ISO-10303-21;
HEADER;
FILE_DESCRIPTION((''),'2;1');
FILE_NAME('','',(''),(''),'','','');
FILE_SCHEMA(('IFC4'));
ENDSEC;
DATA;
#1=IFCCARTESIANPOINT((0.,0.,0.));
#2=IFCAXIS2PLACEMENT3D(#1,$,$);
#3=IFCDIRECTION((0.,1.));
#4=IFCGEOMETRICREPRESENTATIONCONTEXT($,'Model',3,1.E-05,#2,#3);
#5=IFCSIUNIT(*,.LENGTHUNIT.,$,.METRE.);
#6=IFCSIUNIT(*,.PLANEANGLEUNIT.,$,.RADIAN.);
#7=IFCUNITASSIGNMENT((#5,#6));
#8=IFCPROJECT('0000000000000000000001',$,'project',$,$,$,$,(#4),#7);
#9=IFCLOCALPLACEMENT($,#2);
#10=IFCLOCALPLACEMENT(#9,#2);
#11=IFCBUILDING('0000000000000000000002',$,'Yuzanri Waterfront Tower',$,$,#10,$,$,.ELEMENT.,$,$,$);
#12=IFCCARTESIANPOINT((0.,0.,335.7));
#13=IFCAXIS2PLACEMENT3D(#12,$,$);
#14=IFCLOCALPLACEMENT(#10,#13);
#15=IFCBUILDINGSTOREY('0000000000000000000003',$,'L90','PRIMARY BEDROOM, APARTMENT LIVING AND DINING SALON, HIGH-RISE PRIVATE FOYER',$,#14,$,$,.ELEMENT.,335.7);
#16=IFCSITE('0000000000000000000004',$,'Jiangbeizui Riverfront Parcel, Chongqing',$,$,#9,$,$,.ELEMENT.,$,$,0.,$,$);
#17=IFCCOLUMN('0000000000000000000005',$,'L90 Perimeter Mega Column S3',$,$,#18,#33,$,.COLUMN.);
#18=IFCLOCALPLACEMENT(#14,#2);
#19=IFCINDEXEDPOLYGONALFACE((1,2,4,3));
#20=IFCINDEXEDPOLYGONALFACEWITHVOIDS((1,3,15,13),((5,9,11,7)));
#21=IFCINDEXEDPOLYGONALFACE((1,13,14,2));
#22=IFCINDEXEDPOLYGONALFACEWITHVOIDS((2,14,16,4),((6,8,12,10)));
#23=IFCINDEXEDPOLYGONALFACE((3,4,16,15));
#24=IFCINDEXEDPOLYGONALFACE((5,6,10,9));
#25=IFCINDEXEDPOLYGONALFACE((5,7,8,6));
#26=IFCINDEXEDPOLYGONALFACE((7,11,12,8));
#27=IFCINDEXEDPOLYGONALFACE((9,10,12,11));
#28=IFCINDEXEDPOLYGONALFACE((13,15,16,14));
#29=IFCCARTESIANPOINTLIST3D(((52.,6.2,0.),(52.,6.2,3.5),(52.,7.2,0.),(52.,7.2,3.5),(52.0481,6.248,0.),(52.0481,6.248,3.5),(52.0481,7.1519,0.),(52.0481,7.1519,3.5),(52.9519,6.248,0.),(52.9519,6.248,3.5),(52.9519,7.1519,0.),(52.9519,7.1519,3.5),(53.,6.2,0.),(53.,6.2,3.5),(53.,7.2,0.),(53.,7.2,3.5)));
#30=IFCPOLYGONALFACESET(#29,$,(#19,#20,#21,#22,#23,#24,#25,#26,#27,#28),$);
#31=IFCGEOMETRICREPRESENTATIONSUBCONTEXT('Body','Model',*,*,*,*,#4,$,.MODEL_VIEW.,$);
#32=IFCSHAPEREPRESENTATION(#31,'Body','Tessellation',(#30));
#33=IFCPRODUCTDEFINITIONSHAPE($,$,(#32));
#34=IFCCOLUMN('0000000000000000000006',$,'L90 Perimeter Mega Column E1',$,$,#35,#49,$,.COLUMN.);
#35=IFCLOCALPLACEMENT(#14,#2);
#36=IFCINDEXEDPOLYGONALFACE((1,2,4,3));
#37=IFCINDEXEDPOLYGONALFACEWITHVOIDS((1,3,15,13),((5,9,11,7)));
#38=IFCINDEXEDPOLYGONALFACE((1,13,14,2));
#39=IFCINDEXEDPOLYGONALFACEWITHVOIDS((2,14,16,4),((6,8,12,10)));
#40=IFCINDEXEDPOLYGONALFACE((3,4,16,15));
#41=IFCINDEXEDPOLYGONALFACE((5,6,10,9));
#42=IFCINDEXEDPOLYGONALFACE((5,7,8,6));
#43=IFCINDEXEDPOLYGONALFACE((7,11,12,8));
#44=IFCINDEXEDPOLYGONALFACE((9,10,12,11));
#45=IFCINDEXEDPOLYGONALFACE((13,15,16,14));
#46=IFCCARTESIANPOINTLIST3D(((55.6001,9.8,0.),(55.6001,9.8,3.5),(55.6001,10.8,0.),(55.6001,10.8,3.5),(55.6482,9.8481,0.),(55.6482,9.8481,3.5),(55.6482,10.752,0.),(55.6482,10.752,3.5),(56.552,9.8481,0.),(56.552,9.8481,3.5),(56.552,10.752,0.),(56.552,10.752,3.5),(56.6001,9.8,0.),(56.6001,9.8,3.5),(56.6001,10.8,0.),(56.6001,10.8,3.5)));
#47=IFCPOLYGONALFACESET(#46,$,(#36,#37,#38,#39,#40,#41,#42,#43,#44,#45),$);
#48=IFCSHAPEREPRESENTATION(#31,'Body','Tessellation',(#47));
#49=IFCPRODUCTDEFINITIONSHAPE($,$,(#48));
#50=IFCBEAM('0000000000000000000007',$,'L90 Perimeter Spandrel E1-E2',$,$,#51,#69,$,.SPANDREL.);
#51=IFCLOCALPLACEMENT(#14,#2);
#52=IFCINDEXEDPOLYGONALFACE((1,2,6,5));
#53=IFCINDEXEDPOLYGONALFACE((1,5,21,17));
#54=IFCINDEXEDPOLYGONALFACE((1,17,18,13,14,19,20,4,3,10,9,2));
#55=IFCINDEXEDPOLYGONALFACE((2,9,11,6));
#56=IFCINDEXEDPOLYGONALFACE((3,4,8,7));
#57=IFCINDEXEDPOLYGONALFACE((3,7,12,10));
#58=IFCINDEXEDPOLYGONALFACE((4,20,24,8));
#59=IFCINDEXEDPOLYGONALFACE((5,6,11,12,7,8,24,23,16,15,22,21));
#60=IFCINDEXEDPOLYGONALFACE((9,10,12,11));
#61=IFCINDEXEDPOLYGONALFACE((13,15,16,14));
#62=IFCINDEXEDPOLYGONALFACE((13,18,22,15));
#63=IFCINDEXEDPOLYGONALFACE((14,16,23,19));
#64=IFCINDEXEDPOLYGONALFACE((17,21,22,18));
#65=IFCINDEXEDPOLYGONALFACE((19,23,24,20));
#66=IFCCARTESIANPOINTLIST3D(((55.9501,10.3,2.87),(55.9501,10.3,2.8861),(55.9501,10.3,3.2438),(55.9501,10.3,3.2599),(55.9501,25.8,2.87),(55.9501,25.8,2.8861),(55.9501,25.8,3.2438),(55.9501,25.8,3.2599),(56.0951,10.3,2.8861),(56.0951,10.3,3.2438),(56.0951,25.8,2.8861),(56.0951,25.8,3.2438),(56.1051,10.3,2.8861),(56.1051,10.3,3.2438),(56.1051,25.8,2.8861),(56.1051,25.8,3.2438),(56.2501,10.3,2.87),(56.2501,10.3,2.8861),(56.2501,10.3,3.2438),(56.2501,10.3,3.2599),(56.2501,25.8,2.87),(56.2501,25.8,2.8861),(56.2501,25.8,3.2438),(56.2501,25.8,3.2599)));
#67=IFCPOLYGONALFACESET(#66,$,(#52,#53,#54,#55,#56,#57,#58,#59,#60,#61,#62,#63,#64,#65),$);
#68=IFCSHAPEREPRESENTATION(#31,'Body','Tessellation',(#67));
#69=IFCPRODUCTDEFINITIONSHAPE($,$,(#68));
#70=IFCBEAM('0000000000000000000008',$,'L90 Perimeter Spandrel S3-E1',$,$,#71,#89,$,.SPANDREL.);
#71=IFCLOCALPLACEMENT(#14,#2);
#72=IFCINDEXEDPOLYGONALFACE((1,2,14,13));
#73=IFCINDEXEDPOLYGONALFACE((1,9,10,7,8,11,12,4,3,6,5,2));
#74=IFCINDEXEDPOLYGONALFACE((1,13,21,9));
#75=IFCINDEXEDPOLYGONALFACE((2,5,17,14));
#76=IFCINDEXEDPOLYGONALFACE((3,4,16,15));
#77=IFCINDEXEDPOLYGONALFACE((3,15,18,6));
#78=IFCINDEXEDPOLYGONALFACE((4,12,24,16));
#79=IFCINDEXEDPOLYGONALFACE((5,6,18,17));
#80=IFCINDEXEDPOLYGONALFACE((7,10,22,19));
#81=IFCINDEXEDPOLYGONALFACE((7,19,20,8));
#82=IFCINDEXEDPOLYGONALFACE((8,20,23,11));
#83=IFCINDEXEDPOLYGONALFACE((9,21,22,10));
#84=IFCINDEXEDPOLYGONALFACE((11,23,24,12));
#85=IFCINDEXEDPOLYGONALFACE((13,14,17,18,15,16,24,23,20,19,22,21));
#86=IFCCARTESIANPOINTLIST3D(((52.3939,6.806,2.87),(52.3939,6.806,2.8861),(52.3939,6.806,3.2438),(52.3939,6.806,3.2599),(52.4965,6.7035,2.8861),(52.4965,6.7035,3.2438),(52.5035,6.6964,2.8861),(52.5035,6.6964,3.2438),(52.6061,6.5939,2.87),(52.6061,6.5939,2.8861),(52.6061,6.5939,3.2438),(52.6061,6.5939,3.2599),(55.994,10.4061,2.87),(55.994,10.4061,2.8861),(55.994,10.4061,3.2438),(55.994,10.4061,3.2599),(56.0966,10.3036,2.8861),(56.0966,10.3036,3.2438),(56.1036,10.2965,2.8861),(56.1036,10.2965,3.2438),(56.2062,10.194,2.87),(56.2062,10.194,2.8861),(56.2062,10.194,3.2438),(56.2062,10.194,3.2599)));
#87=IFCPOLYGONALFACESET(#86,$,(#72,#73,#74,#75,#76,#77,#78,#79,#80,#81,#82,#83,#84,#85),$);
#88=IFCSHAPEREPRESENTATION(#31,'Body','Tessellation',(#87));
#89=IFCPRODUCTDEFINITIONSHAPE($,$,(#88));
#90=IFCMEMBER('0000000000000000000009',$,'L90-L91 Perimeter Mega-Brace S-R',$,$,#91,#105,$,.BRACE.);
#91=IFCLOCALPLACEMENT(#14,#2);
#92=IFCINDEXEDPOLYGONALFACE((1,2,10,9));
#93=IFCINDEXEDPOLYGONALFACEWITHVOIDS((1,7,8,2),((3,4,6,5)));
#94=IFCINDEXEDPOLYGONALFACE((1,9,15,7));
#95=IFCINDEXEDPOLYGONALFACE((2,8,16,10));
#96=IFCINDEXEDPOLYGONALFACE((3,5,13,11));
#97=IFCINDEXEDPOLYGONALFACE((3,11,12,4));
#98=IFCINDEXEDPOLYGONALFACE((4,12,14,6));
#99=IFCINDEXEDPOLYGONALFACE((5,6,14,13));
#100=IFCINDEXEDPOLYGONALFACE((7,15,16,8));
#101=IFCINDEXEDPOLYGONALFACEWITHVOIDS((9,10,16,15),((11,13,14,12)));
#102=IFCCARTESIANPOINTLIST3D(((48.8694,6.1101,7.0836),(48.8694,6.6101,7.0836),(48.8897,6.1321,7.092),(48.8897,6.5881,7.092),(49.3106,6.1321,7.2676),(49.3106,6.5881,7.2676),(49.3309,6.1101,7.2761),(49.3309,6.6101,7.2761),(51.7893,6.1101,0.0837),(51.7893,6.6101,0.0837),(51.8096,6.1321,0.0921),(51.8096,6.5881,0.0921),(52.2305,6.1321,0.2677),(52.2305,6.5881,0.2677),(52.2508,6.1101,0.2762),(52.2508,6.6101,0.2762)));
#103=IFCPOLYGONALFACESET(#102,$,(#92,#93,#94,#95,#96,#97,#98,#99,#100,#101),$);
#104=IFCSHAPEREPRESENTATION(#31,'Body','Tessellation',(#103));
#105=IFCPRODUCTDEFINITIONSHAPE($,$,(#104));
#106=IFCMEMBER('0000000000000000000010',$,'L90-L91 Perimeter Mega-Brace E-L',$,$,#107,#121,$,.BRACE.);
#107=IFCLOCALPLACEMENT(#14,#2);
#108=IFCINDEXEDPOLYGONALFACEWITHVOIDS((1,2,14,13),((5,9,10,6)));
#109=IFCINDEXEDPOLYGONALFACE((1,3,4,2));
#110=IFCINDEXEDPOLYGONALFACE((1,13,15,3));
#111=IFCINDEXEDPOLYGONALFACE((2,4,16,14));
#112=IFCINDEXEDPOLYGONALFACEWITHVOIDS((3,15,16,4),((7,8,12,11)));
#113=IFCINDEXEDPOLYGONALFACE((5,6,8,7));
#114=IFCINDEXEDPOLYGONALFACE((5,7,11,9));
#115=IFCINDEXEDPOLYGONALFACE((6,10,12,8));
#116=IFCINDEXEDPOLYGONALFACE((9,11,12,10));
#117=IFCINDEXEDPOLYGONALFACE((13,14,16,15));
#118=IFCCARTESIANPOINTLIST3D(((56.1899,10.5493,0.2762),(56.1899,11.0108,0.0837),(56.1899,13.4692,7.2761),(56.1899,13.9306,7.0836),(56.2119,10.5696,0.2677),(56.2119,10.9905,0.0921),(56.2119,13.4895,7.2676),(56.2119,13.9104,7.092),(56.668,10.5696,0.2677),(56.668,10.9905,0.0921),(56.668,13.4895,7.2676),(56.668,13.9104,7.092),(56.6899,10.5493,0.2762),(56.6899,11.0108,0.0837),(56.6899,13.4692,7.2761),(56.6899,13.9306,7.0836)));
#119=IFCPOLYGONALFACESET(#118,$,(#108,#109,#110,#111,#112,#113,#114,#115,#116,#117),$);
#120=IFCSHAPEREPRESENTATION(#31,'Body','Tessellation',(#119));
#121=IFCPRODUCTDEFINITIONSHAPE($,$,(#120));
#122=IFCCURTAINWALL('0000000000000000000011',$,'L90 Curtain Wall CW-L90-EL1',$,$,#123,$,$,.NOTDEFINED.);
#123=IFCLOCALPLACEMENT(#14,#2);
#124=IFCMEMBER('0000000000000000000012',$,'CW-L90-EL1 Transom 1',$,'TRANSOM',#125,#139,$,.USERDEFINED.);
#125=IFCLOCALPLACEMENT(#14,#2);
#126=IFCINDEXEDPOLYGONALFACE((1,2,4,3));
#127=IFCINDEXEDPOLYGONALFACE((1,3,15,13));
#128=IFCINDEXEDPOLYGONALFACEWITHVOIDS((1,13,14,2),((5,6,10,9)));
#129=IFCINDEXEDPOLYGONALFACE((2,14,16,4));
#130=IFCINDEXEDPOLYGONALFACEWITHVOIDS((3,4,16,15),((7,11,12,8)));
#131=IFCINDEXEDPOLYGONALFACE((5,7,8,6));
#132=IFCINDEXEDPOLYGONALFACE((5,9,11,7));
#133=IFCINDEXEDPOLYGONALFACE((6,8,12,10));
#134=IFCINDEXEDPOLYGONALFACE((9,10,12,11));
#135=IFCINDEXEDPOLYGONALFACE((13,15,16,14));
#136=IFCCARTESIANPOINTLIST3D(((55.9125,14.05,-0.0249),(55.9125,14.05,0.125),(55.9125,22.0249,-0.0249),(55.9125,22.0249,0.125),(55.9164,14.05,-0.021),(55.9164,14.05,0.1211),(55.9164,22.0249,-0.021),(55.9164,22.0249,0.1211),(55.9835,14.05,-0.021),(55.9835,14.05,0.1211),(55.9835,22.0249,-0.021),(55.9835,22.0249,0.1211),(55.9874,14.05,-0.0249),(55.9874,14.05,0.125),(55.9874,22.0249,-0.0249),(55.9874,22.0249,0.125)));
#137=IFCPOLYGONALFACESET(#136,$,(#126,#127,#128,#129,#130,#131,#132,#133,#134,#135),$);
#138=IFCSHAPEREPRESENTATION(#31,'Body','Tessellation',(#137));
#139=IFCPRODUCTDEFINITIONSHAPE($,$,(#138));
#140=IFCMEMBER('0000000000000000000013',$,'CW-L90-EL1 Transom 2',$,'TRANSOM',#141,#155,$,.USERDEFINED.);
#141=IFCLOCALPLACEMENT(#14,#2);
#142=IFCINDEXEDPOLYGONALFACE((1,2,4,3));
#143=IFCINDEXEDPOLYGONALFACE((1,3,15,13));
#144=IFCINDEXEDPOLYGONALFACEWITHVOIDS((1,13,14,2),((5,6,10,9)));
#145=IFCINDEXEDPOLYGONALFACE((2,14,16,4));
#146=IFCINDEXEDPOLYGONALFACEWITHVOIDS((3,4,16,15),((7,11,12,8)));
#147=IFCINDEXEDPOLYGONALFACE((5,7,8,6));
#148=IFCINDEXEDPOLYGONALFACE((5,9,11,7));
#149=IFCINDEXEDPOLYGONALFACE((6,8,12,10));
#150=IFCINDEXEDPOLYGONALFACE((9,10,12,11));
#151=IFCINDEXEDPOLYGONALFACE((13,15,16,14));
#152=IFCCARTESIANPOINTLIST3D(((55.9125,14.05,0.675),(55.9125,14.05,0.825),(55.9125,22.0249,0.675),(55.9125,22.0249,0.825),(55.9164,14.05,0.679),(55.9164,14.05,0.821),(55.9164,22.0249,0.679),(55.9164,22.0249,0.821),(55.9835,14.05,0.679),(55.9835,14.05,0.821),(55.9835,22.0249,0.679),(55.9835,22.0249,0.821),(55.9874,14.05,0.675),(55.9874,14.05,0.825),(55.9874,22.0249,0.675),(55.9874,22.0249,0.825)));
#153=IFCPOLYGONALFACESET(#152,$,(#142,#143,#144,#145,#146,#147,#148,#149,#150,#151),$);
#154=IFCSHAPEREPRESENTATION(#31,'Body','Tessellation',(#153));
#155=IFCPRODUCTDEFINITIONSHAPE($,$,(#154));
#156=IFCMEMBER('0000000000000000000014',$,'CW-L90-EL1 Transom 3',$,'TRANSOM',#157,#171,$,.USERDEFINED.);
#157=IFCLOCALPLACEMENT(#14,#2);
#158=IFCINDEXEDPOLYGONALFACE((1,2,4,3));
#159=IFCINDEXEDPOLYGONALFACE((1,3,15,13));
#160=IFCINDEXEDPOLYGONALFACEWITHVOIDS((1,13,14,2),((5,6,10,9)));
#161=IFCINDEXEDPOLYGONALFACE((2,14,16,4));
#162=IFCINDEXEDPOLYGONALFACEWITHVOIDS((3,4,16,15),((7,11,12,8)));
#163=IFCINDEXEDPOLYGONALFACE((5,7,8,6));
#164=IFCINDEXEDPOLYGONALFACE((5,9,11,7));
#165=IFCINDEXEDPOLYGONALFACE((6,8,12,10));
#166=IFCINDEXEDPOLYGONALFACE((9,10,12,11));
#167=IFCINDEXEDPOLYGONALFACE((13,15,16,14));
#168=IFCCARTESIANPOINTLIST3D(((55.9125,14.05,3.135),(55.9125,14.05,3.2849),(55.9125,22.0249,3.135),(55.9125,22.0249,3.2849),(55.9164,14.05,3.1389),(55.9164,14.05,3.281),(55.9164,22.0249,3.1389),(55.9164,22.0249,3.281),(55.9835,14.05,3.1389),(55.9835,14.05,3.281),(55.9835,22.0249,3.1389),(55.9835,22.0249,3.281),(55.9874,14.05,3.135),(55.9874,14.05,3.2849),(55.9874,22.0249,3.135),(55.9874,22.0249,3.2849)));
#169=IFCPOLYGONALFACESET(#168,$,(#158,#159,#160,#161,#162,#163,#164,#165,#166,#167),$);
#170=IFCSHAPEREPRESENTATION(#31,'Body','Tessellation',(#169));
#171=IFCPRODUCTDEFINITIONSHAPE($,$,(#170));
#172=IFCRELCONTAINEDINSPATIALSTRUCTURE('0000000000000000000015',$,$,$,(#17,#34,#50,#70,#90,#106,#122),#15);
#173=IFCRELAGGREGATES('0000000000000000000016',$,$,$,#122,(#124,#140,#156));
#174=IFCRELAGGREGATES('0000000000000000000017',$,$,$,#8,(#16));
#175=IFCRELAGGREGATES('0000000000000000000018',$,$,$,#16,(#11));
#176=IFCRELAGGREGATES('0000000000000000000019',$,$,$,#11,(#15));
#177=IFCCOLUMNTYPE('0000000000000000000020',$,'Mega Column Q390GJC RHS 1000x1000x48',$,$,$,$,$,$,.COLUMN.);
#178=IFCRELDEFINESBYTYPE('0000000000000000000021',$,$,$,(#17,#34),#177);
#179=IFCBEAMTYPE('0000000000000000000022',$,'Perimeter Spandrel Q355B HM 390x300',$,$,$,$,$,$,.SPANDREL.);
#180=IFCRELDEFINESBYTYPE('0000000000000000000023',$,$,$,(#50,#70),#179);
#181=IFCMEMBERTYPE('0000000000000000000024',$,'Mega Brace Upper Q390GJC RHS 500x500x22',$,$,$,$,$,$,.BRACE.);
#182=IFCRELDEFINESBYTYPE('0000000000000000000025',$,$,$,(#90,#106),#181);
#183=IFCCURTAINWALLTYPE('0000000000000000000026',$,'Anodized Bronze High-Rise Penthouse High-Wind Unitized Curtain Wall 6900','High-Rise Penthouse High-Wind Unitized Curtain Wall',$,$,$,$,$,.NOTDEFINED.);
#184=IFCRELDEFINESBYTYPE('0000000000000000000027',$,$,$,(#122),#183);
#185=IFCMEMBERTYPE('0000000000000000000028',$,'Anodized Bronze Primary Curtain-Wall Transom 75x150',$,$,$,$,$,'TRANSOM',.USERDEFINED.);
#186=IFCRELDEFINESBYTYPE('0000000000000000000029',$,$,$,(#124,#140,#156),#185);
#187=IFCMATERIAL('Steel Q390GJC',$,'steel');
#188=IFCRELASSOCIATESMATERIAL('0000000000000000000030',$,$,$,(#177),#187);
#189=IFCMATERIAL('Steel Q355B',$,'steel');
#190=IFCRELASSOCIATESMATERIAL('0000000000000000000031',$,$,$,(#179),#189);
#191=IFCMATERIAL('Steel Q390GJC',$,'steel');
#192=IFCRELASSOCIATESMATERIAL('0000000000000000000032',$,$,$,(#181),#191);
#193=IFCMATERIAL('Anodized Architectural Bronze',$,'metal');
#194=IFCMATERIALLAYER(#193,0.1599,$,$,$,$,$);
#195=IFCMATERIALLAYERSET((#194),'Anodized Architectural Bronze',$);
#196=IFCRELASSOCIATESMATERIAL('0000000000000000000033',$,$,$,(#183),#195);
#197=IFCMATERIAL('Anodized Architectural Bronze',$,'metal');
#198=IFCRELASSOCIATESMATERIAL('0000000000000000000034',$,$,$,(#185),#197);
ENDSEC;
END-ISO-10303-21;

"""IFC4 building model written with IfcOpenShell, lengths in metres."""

from ifc_helpers import new_model, si_unit, direction, frame, origin, origin_2d, place, context, subcontext, project, spatial, hollow_rectangle, i_section, extrude, source, transform, mapped, material, layer, layer_set, material_profile, profile_set, type_object, element, aggregate, save


model = new_model("IFC4")

# Units and contexts
model_context = context("Model", 3, precision=1e-05, world=origin(), true_north=direction((0.0, 1.0)))
body_context = subcontext(model_context, "Body", "Model", "MODEL_VIEW")
ifc_project = project(units=[si_unit("LENGTHUNIT", "METRE"), si_unit("PLANEANGLEUNIT", "RADIAN")], contexts=[model_context])

# Site, building, storey
site_placement = place(None, origin())
site = spatial("IfcSite", under=ifc_project, at=site_placement, Name="Jiangbeizui Riverfront Parcel, Chongqing", CompositionType="ELEMENT", RefElevation=0.0)
building_placement = place(site_placement, origin())
building = spatial("IfcBuilding", under=site, at=building_placement, Name="Yuzanri Waterfront Tower", CompositionType="ELEMENT")
storey_placement = place(building_placement, frame((0.0, 0.0, 335.7)))
storey = spatial("IfcBuildingStorey", under=building, at=storey_placement, Name="L90", Description="PRIMARY BEDROOM, APARTMENT LIVING AND DINING SALON, HIGH-RISE PRIVATE FOYER", CompositionType="ELEMENT", Elevation=335.7)

# Columns
ifc_material_1 = material(Name="Steel Q390GJC", Category="steel")
ifc_material_profile_1 = material_profile(ifc_material_1, hollow_rectangle(XDim=1.0, YDim=1.0, WallThickness=0.0481, at=origin_2d()), Name="RHS 1000x1000x48")
ifc_profile_set_1 = profile_set([ifc_material_profile_1], Name="Steel Q390GJC")
column_type = type_object("IfcColumnType", Name="Mega Column Q390GJC RHS 1000x1000x48", PredefinedType="COLUMN", material=ifc_profile_set_1)
shared_shape_1 = source(origin(), body_context, "Body", "SweptSolid", [
    extrude(hollow_rectangle(XDim=1.0, YDim=1.0, WallThickness=0.0481, at=origin_2d()), origin(), (0.0, 0.0, 1.0), 3.5),
])
for number, where, z_axis, x_axis, name in (
    (1, (52.5, 6.7, 0.0), (0.0, 0.0, 1.0), (1.0, 0.0, 0.0), "L90 Perimeter Mega Column S3"),
    (2, (56.1001, 10.3, 0.0), (0.0, 0.0, 1.0), (1.0, 0.0, 0.0), "L90 Perimeter Mega Column E1"),
):
    element("IfcColumn", number, at=place(storey_placement, frame(where, z_axis=z_axis, x_axis=x_axis)), inside=storey, type_object=column_type, Name=name, PredefinedType="COLUMN", context=body_context, shape_type="MappedRepresentation", body=[
        mapped(shared_shape_1, transform((0.0, 0.0, 0.0), scale=1.0)),
    ])

# Beams
ifc_material_2 = material(Name="Steel Q355B", Category="steel")
ifc_material_profile_2 = material_profile(ifc_material_2, i_section(OverallWidth=0.3, OverallDepth=0.3899, WebThickness=0.01, FlangeThickness=0.0161, at=origin_2d()), Name="HM 390x300x10x16")
ifc_profile_set_2 = profile_set([ifc_material_profile_2], Name="Steel Q355B")
beam_type = type_object("IfcBeamType", Name="Perimeter Spandrel Q355B HM 390x300", PredefinedType="SPANDREL", material=ifc_profile_set_2)
shared_shape_2 = source(origin(), body_context, "Body", "SweptSolid", [
    extrude(i_section(OverallWidth=0.3, OverallDepth=0.3899, WebThickness=0.01, FlangeThickness=0.0161, at=origin_2d()), origin(), (0.0, 0.0, 1.0), 15.5),
])
beam_1_placement = place(storey_placement, frame((56.1001, 10.3, 3.0649), z_axis=(0.0, 1.0, 0.0), x_axis=(-1.0, 0.0, 0.0)))
element("IfcBeam", 3, at=beam_1_placement, inside=storey, type_object=beam_type, Name="L90 Perimeter Spandrel E1-E2", PredefinedType="SPANDREL", context=body_context, shape_type="MappedRepresentation", body=[
    mapped(shared_shape_2, transform((0.0, 0.0, 0.0), scale=1.0)),
])
shared_shape_3 = source(origin(), body_context, "Body", "SweptSolid", [
    extrude(i_section(OverallWidth=0.3, OverallDepth=0.3899, WebThickness=0.01, FlangeThickness=0.0161, at=origin_2d()), origin(), (0.0, 0.0, 1.0), 5.0913),
])
beam_2_placement = place(storey_placement, frame((52.5, 6.7, 3.0649), z_axis=(0.707107, 0.707107, 0.0), x_axis=(-0.707107, 0.707107, 0.0)))
element("IfcBeam", 4, at=beam_2_placement, inside=storey, type_object=beam_type, Name="L90 Perimeter Spandrel S3-E1", PredefinedType="SPANDREL", context=body_context, shape_type="MappedRepresentation", body=[
    mapped(shared_shape_3, transform((0.0, 0.0, 0.0), scale=1.0)),
])

# Members
ifc_material_3 = material(Name="Steel Q390GJC", Category="steel")
ifc_material_profile_3 = material_profile(ifc_material_3, hollow_rectangle(XDim=0.5, YDim=0.5, WallThickness=0.022, at=origin_2d()), Name="RHS 500x500x22")
ifc_profile_set_3 = profile_set([ifc_material_profile_3], Name="Steel Q390GJC")
member_type_1 = type_object("IfcMemberType", Name="Mega Brace Upper Q390GJC RHS 500x500x22", PredefinedType="BRACE", material=ifc_profile_set_3)
shared_shape_4 = source(origin(), body_context, "Body", "SweptSolid", [
    extrude(hollow_rectangle(XDim=0.5, YDim=0.5, WallThickness=0.022, at=origin_2d()), origin(), (0.0, 0.0, 1.0), 7.5845),
])
for number, where, z_axis, x_axis, name in (
    (5, (52.02, 6.3601, 0.1799), (-0.384981, 0.0, 0.922924), (0.0, -1.0, 0.0), "L90-L91 Perimeter Mega-Brace S-R"),
    (6, (56.4399, 10.78, 0.1799), (0.0, 0.384981, 0.922924), (-1.0, 0.0, 0.0), "L90-L91 Perimeter Mega-Brace E-L"),
):
    element("IfcMember", number, at=place(storey_placement, frame(where, z_axis=z_axis, x_axis=x_axis)), inside=storey, type_object=member_type_1, Name=name, PredefinedType="BRACE", context=body_context, shape_type="MappedRepresentation", body=[
        mapped(shared_shape_4, transform((0.0, 0.0, 0.0), scale=1.0)),
    ])

# Curtain wall, members
ifc_material_4 = material(Name="Anodized Architectural Bronze", Category="metal")
ifc_layer_1 = layer(ifc_material_4, 0.1599)
ifc_layer_set_1 = layer_set([ifc_layer_1], Name="Anodized Architectural Bronze")
curtain_wall_type = type_object("IfcCurtainWallType", Name="Anodized Bronze High-Rise Penthouse High-Wind Unitized Curtain Wall 6900", Description="High-Rise Penthouse High-Wind Unitized Curtain Wall", PredefinedType="NOTDEFINED", material=ifc_layer_set_1)
curtain_wall_placement = place(storey_placement, origin())
curtain_wall = element("IfcCurtainWall", 7, at=curtain_wall_placement, inside=storey, type_object=curtain_wall_type, Name="L90 Curtain Wall CW-L90-EL1", PredefinedType="NOTDEFINED")
ifc_material_5 = material(Name="Anodized Architectural Bronze", Category="metal")
ifc_material_profile_4 = material_profile(ifc_material_5, hollow_rectangle(XDim=0.075, YDim=0.1499, WallThickness=0.0039, at=origin_2d()), Name="CWT 75x150")
ifc_profile_set_4 = profile_set([ifc_material_profile_4], Name="Anodized Architectural Bronze")
member_type_2 = type_object("IfcMemberType", Name="Anodized Bronze Primary Curtain-Wall Transom 75x150", ElementType="TRANSOM", PredefinedType="USERDEFINED", material=ifc_profile_set_4)
shared_shape_5 = source(origin(), body_context, "Body", "SweptSolid", [
    extrude(hollow_rectangle(XDim=0.075, YDim=0.1499, WallThickness=0.0039, at=origin_2d()), origin(), (0.0, 0.0, 1.0), 7.9749),
])
member_1_placement = place(storey_placement, frame((55.95, 14.05, 0.05), z_axis=(0.0, 1.0, 0.0), x_axis=(-1.0, 0.0, 0.0)))
member_1 = element("IfcMember", 8, at=member_1_placement, type_object=member_type_2, Name="CW-L90-EL1 Transom 1", ObjectType="TRANSOM", PredefinedType="USERDEFINED", context=body_context, shape_type="MappedRepresentation", body=[
    mapped(shared_shape_5, transform((0.0, 0.0, 0.0), scale=1.0)),
])
member_2_placement = place(storey_placement, frame((55.95, 14.05, 0.75), z_axis=(0.0, 1.0, 0.0), x_axis=(-1.0, 0.0, 0.0)))
member_2 = element("IfcMember", 9, at=member_2_placement, type_object=member_type_2, Name="CW-L90-EL1 Transom 2", ObjectType="TRANSOM", PredefinedType="USERDEFINED", context=body_context, shape_type="MappedRepresentation", body=[
    mapped(shared_shape_5, transform((0.0, 0.0, 0.0), scale=1.0)),
])
member_3_placement = place(storey_placement, frame((55.95, 14.05, 3.21), z_axis=(0.0, 1.0, 0.0), x_axis=(-1.0, 0.0, 0.0)))
member_3 = element("IfcMember", 10, at=member_3_placement, type_object=member_type_2, Name="CW-L90-EL1 Transom 3", ObjectType="TRANSOM", PredefinedType="USERDEFINED", context=body_context, shape_type="MappedRepresentation", body=[
    mapped(shared_shape_5, transform((0.0, 0.0, 0.0), scale=1.0)),
])
aggregate(curtain_wall, [member_1, member_2, member_3])

save(model, "model.ifc")
